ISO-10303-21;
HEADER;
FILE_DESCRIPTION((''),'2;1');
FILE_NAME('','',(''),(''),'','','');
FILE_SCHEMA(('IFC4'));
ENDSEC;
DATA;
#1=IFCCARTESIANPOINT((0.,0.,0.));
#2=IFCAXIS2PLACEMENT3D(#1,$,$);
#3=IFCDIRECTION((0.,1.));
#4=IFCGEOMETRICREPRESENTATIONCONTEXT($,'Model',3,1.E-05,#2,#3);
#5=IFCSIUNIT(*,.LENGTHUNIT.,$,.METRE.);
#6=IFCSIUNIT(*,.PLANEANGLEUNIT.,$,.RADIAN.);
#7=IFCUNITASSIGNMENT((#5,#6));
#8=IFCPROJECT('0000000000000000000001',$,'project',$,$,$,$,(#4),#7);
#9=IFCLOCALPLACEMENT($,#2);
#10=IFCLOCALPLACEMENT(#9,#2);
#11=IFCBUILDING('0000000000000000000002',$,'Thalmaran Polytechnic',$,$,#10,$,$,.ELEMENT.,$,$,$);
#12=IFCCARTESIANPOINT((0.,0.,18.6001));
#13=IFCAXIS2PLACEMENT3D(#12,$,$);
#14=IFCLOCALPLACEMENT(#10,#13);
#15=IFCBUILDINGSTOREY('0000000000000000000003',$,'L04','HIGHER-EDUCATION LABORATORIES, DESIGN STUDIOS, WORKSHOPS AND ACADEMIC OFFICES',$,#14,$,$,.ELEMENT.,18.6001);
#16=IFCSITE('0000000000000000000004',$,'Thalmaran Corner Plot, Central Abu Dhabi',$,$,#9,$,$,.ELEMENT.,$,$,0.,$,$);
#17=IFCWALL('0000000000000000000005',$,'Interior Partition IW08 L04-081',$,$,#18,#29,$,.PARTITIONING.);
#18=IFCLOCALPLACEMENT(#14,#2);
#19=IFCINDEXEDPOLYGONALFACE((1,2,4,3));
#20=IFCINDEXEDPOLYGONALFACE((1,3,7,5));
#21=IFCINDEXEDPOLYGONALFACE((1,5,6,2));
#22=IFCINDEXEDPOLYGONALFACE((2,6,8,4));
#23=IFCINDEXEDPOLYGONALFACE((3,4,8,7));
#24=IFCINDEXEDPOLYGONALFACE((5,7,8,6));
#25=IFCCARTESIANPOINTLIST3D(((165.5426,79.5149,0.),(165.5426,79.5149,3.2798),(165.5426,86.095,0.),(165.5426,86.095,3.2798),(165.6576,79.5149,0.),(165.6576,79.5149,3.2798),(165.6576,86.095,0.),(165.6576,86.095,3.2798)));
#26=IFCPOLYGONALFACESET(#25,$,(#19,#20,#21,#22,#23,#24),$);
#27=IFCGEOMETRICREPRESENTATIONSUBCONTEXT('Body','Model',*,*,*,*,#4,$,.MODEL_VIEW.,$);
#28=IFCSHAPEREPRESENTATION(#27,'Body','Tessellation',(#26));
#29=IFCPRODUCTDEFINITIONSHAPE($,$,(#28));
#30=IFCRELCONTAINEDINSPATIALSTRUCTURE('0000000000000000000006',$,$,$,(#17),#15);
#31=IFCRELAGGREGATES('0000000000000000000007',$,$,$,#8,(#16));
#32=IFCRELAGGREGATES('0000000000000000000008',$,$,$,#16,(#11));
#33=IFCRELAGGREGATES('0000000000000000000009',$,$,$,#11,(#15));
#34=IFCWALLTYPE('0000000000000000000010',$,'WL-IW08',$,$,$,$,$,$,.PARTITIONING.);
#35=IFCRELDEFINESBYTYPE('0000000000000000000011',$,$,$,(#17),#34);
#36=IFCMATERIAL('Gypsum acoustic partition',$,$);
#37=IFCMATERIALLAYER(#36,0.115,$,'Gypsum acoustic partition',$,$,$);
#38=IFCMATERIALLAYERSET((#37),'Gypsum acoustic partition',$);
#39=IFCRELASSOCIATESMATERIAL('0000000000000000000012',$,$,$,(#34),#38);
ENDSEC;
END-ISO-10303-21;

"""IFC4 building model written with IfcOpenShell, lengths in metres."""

from ifc_helpers import new_model, si_unit, direction, frame, frame_2d, origin, place, context, subcontext, project, spatial, rectangle, extrude, material, layer, layer_set, type_object, element, save


model = new_model("IFC4")

# Units and contexts
model_context = context("Model", 3, precision=1e-05, world=origin(), true_north=direction((0.0, 1.0)))
body_context = subcontext(model_context, "Body", "Model", "MODEL_VIEW")
ifc_project = project(units=[si_unit("LENGTHUNIT", "METRE"), si_unit("PLANEANGLEUNIT", "RADIAN")], contexts=[model_context])

# Site, building, storey
site_placement = place(None, origin())
site = spatial("IfcSite", under=ifc_project, at=site_placement, Name="Thalmaran Corner Plot, Central Abu Dhabi", CompositionType="ELEMENT", RefElevation=0.0)
building_placement = place(site_placement, origin())
building = spatial("IfcBuilding", under=site, at=building_placement, Name="Thalmaran Polytechnic", CompositionType="ELEMENT")
storey_placement = place(building_placement, frame((0.0, 0.0, 18.6001)))
storey = spatial("IfcBuildingStorey", under=building, at=storey_placement, Name="L04", Description="HIGHER-EDUCATION LABORATORIES, DESIGN STUDIOS, WORKSHOPS AND ACADEMIC OFFICES", CompositionType="ELEMENT", Elevation=18.6001)

# Wall
ifc_material_1 = material(Name="Gypsum acoustic partition")
ifc_layer_1 = layer(ifc_material_1, 0.115, Name="Gypsum acoustic partition")
ifc_layer_set_1 = layer_set([ifc_layer_1], Name="Gypsum acoustic partition")
wall_type_1 = type_object("IfcWallType", Name="WL-IW08", PredefinedType="PARTITIONING", material=ifc_layer_set_1)
wall_1_placement = place(storey_placement, frame((165.6001, 79.5149, 0.0), z_axis=(0.0, 0.0, 1.0), x_axis=(0.0, 1.0, 0.0)))
element("IfcWall", 1, at=wall_1_placement, inside=storey, type_object=wall_type_1, Name="Interior Partition IW08 L04-081", PredefinedType="PARTITIONING", context=body_context, shape_type="SweptSolid", body=[
    extrude(rectangle(XDim=6.5801, YDim=0.115, at=frame_2d((3.29, 0.0))), origin(), (0.0, 0.0, 1.0), 3.2798),
])

save(model, "model.ifc")
